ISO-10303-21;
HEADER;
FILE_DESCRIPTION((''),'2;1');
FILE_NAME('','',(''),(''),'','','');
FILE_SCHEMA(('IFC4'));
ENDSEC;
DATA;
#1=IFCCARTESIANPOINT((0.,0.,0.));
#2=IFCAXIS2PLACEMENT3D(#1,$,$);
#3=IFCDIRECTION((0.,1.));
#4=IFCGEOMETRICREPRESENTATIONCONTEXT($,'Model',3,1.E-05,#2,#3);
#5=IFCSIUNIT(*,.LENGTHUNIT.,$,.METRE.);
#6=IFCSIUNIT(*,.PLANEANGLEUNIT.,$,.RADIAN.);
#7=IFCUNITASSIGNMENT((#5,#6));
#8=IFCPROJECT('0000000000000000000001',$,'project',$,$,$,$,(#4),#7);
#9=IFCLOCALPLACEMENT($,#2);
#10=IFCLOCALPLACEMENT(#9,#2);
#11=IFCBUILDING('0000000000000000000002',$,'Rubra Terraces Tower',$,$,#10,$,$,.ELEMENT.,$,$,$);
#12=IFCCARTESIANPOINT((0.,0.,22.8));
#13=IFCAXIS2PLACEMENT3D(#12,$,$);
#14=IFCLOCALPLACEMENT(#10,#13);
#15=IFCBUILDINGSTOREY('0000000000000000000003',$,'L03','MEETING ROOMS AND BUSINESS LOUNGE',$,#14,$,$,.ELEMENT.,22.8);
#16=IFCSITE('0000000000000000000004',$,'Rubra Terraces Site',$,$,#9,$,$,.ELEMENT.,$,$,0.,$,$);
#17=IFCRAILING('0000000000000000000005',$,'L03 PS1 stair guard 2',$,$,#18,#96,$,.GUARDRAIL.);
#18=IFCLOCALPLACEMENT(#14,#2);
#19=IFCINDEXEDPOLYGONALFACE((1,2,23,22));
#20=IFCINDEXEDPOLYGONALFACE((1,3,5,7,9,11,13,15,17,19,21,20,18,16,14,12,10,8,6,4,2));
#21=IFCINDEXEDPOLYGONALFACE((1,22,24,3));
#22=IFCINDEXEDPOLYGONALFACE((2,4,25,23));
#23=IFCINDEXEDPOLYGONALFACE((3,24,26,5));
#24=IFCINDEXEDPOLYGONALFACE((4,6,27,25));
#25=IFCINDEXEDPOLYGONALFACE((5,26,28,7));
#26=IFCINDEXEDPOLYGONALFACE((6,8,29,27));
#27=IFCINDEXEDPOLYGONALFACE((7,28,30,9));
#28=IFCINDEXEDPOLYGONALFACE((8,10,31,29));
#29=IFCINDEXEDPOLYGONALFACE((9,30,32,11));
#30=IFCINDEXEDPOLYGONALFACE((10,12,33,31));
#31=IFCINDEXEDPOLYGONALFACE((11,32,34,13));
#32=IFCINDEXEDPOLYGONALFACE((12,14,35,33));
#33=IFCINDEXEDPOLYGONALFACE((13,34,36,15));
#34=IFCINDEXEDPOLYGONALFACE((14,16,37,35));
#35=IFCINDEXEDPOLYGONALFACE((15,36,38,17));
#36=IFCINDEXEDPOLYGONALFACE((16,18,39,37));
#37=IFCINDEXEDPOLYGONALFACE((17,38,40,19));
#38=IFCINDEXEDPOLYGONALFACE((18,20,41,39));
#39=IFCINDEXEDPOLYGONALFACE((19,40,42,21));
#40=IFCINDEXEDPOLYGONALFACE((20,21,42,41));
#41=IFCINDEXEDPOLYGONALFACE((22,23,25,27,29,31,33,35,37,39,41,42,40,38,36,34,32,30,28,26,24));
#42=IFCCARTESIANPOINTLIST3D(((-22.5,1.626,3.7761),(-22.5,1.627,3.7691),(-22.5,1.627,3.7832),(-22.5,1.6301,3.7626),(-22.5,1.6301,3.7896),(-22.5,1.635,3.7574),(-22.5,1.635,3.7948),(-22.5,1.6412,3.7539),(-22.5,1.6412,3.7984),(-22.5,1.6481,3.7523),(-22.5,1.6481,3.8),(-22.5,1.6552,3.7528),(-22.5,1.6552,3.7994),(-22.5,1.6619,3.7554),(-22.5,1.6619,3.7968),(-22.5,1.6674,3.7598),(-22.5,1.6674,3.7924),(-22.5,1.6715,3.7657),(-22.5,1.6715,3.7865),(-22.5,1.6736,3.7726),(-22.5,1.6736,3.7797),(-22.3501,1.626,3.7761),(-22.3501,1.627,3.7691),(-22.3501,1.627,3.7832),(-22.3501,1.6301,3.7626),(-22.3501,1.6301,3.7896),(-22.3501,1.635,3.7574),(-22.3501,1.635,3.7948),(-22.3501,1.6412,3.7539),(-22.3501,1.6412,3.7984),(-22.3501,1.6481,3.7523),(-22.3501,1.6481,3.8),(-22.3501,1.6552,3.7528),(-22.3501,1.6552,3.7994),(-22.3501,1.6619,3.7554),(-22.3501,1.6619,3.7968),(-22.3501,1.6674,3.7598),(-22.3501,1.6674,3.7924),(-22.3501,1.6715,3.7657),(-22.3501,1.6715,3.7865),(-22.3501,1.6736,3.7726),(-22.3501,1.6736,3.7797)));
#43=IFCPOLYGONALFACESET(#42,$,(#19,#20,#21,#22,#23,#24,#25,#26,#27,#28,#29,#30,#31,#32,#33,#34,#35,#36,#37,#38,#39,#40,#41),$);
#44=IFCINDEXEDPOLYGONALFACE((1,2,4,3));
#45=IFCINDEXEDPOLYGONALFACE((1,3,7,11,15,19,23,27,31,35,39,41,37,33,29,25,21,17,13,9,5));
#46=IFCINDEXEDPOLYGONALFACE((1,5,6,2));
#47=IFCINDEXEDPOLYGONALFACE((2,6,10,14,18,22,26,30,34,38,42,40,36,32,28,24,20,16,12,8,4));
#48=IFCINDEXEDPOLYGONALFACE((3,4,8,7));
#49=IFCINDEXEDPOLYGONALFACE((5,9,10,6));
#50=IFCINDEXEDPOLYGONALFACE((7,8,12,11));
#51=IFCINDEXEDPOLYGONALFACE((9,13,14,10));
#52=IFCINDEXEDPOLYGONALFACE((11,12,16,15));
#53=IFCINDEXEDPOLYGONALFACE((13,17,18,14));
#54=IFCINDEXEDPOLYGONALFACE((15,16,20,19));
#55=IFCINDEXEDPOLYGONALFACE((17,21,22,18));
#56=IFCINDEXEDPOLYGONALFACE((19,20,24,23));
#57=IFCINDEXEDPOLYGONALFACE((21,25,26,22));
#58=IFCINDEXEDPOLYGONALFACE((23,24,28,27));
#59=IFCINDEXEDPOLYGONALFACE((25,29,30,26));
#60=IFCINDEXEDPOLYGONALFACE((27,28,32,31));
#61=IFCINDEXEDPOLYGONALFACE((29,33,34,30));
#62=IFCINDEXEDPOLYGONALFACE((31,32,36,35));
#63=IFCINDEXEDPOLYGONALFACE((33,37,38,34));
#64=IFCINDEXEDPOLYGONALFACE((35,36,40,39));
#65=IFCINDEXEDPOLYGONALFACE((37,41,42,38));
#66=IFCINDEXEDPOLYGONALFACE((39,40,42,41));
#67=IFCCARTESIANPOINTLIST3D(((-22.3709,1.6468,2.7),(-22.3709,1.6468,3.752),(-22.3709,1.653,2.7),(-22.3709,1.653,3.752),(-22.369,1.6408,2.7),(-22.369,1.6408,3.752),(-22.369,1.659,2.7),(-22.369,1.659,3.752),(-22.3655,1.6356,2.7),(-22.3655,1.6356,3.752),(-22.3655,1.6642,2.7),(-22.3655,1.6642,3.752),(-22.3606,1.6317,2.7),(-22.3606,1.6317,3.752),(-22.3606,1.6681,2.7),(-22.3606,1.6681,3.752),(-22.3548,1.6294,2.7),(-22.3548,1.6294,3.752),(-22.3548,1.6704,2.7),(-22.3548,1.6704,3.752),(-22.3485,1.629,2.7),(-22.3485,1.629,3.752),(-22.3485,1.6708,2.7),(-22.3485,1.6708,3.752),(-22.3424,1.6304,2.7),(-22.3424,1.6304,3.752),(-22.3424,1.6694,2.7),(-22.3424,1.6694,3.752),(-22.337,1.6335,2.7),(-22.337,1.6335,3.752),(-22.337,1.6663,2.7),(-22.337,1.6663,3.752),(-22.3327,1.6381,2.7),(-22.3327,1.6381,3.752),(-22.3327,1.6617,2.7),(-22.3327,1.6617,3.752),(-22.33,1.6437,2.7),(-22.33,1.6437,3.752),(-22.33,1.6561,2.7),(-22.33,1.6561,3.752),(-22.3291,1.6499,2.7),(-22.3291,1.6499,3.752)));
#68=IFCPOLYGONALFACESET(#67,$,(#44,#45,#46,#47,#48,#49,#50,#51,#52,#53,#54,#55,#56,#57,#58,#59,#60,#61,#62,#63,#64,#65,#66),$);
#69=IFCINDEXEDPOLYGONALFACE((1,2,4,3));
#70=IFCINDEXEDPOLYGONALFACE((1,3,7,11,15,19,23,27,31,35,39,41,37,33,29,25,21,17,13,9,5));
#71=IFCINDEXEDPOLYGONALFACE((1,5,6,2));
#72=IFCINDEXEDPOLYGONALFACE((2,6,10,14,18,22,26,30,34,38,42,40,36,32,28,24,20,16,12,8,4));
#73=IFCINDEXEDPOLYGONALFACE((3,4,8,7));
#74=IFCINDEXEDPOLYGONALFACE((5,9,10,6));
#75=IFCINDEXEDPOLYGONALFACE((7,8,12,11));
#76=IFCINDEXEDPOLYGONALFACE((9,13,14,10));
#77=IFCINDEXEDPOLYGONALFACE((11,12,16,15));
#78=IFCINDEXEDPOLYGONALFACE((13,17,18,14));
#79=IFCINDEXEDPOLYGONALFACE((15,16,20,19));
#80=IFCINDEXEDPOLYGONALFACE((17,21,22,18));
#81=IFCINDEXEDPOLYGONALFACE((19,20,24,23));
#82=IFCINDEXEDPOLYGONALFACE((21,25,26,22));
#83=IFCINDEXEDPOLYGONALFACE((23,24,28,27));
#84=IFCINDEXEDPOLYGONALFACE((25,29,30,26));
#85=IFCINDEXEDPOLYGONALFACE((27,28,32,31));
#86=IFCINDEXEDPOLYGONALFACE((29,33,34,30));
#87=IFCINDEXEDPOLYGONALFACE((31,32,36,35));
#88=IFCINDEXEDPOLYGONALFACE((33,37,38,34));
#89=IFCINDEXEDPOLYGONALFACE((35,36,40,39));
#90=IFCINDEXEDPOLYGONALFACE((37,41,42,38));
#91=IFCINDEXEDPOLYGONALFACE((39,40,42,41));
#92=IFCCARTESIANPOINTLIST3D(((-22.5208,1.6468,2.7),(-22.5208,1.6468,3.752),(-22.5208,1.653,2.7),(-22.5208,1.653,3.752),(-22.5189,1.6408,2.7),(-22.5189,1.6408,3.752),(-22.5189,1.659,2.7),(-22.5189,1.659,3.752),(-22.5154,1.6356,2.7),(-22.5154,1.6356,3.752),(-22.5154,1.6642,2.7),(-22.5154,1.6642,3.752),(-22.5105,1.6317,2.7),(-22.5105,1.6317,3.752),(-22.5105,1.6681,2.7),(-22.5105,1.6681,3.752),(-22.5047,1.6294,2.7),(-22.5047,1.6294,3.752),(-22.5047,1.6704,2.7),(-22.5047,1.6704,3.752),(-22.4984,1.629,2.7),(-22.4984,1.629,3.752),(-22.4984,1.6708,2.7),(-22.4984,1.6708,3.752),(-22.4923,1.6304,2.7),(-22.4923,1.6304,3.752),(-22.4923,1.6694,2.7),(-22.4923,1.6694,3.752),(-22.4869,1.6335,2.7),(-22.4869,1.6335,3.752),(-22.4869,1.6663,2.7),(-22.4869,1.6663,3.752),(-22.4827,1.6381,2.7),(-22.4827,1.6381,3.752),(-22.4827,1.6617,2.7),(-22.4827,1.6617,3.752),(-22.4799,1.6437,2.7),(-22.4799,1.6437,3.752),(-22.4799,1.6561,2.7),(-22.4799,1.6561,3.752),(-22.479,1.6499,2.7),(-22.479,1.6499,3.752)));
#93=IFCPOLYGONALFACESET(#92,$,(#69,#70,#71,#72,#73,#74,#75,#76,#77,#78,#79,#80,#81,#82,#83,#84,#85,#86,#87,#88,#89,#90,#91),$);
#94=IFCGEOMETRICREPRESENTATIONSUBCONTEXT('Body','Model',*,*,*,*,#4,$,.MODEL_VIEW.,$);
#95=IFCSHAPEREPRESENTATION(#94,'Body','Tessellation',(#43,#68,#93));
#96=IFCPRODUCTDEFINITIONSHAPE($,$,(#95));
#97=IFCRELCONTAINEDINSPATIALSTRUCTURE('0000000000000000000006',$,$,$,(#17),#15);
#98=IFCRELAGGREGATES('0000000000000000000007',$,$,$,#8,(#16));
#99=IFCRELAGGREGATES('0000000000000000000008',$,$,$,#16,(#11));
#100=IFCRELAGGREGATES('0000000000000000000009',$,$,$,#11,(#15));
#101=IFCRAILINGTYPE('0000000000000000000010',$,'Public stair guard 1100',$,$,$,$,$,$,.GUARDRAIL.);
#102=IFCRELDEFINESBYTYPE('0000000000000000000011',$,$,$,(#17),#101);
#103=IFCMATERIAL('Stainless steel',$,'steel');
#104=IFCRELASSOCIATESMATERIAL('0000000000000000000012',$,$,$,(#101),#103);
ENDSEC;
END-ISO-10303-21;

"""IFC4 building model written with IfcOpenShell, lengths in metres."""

from ifc_helpers import new_model, si_unit, direction, frame, origin, origin_2d, place, context, subcontext, project, spatial, circle, extrude, material, type_object, element, save


model = new_model("IFC4")

# Units and contexts
model_context = context("Model", 3, precision=1e-05, world=origin(), true_north=direction((0.0, 1.0)))
body_context = subcontext(model_context, "Body", "Model", "MODEL_VIEW")
ifc_project = project(units=[si_unit("LENGTHUNIT", "METRE"), si_unit("PLANEANGLEUNIT", "RADIAN")], contexts=[model_context])

# Site, building, storey
site_placement = place(None, origin())
site = spatial("IfcSite", under=ifc_project, at=site_placement, Name="Rubra Terraces Site", CompositionType="ELEMENT", RefElevation=0.0)
building_placement = place(site_placement, origin())
building = spatial("IfcBuilding", under=site, at=building_placement, Name="Rubra Terraces Tower", CompositionType="ELEMENT")
storey_placement = place(building_placement, frame((0.0, 0.0, 22.8)))
storey = spatial("IfcBuildingStorey", under=building, at=storey_placement, Name="L03", Description="MEETING ROOMS AND BUSINESS LOUNGE", CompositionType="ELEMENT", Elevation=22.8)

# Railing
ifc_material_1 = material(Name="Stainless steel", Category="steel")
railing_type_1 = type_object("IfcRailingType", Name="Public stair guard 1100", PredefinedType="GUARDRAIL", material=ifc_material_1)
railing_1_placement = place(storey_placement, frame((-22.3501, 1.6499, 2.7)))
element("IfcRailing", 1, at=railing_1_placement, inside=storey, type_object=railing_type_1, Name="L03 PS1 stair guard 2", PredefinedType="GUARDRAIL", context=body_context, shape_type="SweptSolid", body=[
    extrude(circle(Radius=0.0239, at=origin_2d()), frame((0.0, 0.0, 1.0762), z_axis=(-1.0, 0.0, 0.0), x_axis=(0.0, -1.0, 0.0)), (0.0, 0.0, 1.0), 0.1499),
    extrude(circle(Radius=0.021, at=origin_2d()), origin(), (0.0, 0.0, 1.0), 1.052),
    extrude(circle(Radius=0.021, at=origin_2d()), frame((-0.1499, 0.0, 0.0)), (0.0, 0.0, 1.0), 1.052),
])

save(model, "model.ifc")
